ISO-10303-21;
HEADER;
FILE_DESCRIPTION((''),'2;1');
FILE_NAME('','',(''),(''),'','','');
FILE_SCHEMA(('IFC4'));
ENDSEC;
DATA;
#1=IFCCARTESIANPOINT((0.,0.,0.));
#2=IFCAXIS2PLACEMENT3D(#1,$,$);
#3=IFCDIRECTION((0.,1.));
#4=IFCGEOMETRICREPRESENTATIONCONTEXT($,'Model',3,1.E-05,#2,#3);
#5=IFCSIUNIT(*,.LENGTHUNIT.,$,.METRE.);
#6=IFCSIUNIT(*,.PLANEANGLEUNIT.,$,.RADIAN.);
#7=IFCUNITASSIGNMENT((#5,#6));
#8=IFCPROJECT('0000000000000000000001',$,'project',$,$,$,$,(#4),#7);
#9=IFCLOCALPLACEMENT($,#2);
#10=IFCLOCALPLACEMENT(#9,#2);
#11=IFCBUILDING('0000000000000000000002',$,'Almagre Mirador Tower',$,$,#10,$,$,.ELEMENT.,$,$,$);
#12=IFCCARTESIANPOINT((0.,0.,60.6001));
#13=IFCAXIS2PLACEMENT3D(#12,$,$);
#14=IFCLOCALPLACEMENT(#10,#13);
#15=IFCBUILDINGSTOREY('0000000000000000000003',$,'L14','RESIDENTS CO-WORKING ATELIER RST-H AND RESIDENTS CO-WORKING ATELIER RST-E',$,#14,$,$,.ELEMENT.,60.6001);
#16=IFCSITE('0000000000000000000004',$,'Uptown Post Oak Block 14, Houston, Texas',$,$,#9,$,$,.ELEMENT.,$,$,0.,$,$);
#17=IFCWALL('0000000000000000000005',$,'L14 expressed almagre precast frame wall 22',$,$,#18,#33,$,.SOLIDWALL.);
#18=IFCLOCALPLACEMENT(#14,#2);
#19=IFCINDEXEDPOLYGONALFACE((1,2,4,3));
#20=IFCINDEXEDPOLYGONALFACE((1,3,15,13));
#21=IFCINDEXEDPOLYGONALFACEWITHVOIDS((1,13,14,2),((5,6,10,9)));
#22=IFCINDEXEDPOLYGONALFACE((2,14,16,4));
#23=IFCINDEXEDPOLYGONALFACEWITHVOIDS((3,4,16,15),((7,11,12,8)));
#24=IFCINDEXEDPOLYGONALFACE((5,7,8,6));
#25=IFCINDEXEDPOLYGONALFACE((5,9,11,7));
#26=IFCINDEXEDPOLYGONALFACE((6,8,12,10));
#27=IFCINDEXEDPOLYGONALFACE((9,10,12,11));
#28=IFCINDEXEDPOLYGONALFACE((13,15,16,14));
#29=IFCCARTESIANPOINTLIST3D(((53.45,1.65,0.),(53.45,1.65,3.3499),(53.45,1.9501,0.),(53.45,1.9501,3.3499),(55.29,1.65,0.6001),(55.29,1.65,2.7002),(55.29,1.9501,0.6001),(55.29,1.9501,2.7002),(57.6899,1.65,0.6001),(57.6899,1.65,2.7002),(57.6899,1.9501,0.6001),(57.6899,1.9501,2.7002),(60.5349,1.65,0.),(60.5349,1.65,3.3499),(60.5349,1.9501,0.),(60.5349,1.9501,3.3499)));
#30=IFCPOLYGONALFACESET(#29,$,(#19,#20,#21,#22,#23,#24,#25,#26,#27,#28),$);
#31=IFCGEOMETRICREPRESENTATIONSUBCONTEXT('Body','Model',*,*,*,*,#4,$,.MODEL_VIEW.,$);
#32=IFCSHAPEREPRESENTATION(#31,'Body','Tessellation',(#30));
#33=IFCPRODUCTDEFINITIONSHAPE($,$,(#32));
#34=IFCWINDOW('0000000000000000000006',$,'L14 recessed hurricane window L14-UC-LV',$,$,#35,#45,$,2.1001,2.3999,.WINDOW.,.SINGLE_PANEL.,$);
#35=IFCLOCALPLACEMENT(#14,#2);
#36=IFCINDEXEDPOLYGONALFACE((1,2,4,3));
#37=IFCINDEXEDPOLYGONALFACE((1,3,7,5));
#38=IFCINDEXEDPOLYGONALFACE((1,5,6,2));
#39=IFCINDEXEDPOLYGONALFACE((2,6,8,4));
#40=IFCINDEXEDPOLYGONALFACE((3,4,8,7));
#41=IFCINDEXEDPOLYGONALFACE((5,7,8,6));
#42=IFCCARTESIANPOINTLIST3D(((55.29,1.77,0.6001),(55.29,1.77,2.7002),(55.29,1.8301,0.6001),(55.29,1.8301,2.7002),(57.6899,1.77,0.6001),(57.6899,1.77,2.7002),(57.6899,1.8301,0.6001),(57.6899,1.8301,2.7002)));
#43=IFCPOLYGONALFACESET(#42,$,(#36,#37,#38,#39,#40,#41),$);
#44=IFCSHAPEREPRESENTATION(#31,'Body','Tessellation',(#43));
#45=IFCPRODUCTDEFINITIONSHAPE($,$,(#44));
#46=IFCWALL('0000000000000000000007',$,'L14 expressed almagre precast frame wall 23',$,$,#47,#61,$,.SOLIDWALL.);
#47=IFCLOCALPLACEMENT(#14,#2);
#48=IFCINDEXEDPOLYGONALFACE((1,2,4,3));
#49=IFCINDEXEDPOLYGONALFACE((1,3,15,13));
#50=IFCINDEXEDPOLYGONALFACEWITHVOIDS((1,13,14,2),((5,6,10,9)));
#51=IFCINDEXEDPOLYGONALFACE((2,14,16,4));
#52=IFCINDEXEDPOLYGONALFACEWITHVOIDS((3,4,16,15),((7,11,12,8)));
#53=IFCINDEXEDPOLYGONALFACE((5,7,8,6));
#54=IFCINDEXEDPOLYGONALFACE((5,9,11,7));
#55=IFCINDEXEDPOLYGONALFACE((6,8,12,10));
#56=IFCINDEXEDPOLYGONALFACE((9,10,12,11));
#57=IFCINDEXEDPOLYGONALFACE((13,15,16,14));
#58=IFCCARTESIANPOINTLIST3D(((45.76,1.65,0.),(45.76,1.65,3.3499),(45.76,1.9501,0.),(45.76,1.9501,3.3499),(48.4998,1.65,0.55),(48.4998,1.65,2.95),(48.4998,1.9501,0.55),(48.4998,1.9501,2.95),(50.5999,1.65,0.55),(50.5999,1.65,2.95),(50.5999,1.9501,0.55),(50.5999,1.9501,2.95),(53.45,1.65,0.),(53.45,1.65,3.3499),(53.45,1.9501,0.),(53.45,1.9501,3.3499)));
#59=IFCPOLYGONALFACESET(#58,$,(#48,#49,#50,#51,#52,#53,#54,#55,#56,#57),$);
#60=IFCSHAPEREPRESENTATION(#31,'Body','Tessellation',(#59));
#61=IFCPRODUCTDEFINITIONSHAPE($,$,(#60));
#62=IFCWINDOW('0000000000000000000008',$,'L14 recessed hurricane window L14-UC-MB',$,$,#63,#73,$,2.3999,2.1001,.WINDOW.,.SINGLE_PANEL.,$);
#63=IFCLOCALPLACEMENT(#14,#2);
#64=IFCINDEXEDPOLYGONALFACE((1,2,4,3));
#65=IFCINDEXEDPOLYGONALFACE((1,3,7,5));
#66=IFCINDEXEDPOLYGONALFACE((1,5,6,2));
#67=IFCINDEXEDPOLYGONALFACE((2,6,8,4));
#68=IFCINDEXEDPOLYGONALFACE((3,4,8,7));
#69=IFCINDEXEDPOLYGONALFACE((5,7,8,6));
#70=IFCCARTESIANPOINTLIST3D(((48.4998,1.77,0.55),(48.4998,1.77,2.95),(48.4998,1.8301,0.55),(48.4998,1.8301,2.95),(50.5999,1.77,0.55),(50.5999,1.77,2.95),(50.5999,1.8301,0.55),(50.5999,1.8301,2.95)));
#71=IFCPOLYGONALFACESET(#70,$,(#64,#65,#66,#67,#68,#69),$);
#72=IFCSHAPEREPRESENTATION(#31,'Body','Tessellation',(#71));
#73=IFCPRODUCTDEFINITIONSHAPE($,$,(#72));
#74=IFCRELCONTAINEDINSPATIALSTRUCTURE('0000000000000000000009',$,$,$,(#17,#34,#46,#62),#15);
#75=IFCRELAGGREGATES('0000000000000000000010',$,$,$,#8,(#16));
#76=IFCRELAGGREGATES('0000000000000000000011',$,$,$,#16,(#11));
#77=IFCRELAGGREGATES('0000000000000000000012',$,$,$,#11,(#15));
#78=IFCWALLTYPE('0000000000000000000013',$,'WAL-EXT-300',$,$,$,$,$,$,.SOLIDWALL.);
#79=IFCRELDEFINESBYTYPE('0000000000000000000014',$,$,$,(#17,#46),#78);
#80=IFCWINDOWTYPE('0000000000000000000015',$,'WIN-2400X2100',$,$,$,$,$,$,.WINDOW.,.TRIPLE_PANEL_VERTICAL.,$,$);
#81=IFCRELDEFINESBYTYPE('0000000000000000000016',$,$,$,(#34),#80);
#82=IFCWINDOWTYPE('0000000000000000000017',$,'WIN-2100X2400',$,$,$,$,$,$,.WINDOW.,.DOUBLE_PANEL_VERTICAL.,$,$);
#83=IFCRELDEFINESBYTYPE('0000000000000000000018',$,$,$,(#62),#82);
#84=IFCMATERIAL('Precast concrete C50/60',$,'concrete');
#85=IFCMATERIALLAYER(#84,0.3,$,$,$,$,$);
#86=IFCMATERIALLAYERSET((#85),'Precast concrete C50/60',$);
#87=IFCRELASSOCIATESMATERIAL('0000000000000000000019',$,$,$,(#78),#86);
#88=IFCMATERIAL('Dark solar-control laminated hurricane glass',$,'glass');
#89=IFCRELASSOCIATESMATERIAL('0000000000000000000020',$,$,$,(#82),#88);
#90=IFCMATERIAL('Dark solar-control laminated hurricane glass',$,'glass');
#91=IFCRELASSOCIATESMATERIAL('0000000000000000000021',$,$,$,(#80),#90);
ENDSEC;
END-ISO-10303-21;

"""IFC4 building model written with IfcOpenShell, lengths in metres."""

from ifc_helpers import new_model, si_unit, direction, frame, frame_2d, origin, place, context, subcontext, project, spatial, rectangle, extrude, material, layer, layer_set, type_object, element, fill, save


model = new_model("IFC4")

# Units and contexts
model_context = context("Model", 3, precision=1e-05, world=origin(), true_north=direction((0.0, 1.0)))
body_context = subcontext(model_context, "Body", "Model", "MODEL_VIEW")
ifc_project = project(units=[si_unit("LENGTHUNIT", "METRE"), si_unit("PLANEANGLEUNIT", "RADIAN")], contexts=[model_context])

# Site, building, storey
site_placement = place(None, origin())
site = spatial("IfcSite", under=ifc_project, at=site_placement, Name="Uptown Post Oak Block 14, Houston, Texas", CompositionType="ELEMENT", RefElevation=0.0)
building_placement = place(site_placement, origin())
building = spatial("IfcBuilding", under=site, at=building_placement, Name="Almagre Mirador Tower", CompositionType="ELEMENT")
storey_placement = place(building_placement, frame((0.0, 0.0, 60.6001)))
storey = spatial("IfcBuildingStorey", under=building, at=storey_placement, Name="L14", Description="RESIDENTS CO-WORKING ATELIER RST-H AND RESIDENTS CO-WORKING ATELIER RST-E", CompositionType="ELEMENT", Elevation=60.6001)

# Shared definitions
ifc_material_1 = material(Name="Precast concrete C50/60", Category="concrete")
ifc_layer = layer(ifc_material_1, 0.3)
ifc_layer_set = layer_set([ifc_layer], Name="Precast concrete C50/60")
wall_type = type_object("IfcWallType", Name="WAL-EXT-300", PredefinedType="SOLIDWALL", material=ifc_layer_set)
ifc_material_2 = material(Name="Dark solar-control laminated hurricane glass", Category="glass")
window_type_1 = type_object("IfcWindowType", Name="WIN-2100X2400", PartitioningType="DOUBLE_PANEL_VERTICAL", PredefinedType="WINDOW", material=ifc_material_2)

# Walls, openings, windows
wall_1_placement = place(storey_placement, frame((60.5349, 1.8, 0.0), z_axis=(0.0, 0.0, 1.0), x_axis=(-1.0, 0.0, 0.0)))
wall_1 = element("IfcWall", 1, at=wall_1_placement, inside=storey, type_object=wall_type, Name="L14 expressed almagre precast frame wall 22", PredefinedType="SOLIDWALL", context=body_context, shape_type="SweptSolid", body=[
    extrude(rectangle(XDim=7.085, YDim=0.3, at=frame_2d((3.5425, 0.0))), origin(), (0.0, 0.0, 1.0), 3.3499),
])
opening_1_placement = place(wall_1_placement, frame((2.845, 0.0, 0.6001)))
opening_1 = element("IfcOpeningElement", 2, at=opening_1_placement, cuts=wall_1, PredefinedType="OPENING", context=body_context, shape_type="SweptSolid", body=[
    extrude(rectangle(XDim=2.3999, YDim=2.1001, at=frame_2d((1.2, 1.05))), frame((0.0, 0.1599, 0.0), z_axis=(0.0, -1.0, 0.0), x_axis=(1.0, 0.0, 0.0)), (0.0, 0.0, 1.0), 0.32),
])
ifc_material_3 = material(Name="Dark solar-control laminated hurricane glass", Category="glass")
window_type_2 = type_object("IfcWindowType", Name="WIN-2400X2100", PartitioningType="TRIPLE_PANEL_VERTICAL", PredefinedType="WINDOW", material=ifc_material_3)
window_1_placement = place(opening_1_placement, origin())
window_1 = element("IfcWindow", 3, at=window_1_placement, inside=storey, type_object=window_type_2, Name="L14 recessed hurricane window L14-UC-LV", OverallHeight=2.1001, OverallWidth=2.3999, PartitioningType="SINGLE_PANEL", PredefinedType="WINDOW", context=body_context, shape_type="SweptSolid", body=[
    extrude(rectangle(XDim=2.3999, YDim=2.1001, at=frame_2d((1.2, 1.05))), frame((0.0, 0.03, 0.0), z_axis=(0.0, -1.0, 0.0), x_axis=(1.0, 0.0, 0.0)), (0.0, 0.0, 1.0), 0.0601),
])
fill(opening_1, window_1)
wall_2_placement = place(storey_placement, frame((53.45, 1.8, 0.0), z_axis=(0.0, 0.0, 1.0), x_axis=(-1.0, 0.0, 0.0)))
wall_2 = element("IfcWall", 4, at=wall_2_placement, inside=storey, type_object=wall_type, Name="L14 expressed almagre precast frame wall 23", PredefinedType="SOLIDWALL", context=body_context, shape_type="SweptSolid", body=[
    extrude(rectangle(XDim=7.6899, YDim=0.3, at=frame_2d((3.845, 0.0))), origin(), (0.0, 0.0, 1.0), 3.3499),
])
opening_2_placement = place(wall_2_placement, frame((2.8501, 0.0, 0.55)))
opening_2 = element("IfcOpeningElement", 5, at=opening_2_placement, cuts=wall_2, PredefinedType="OPENING", context=body_context, shape_type="SweptSolid", body=[
    extrude(rectangle(XDim=2.1001, YDim=2.3999, at=frame_2d((1.05, 1.2))), frame((0.0, 0.1599, 0.0), z_axis=(0.0, -1.0, 0.0), x_axis=(1.0, 0.0, 0.0)), (0.0, 0.0, 1.0), 0.32),
])
window_2_placement = place(opening_2_placement, origin())
window_2 = element("IfcWindow", 6, at=window_2_placement, inside=storey, type_object=window_type_1, Name="L14 recessed hurricane window L14-UC-MB", OverallHeight=2.3999, OverallWidth=2.1001, PartitioningType="SINGLE_PANEL", PredefinedType="WINDOW", context=body_context, shape_type="SweptSolid", body=[
    extrude(rectangle(XDim=2.1001, YDim=2.3999, at=frame_2d((1.05, 1.2))), frame((0.0, 0.03, 0.0), z_axis=(0.0, -1.0, 0.0), x_axis=(1.0, 0.0, 0.0)), (0.0, 0.0, 1.0), 0.0601),
])
fill(opening_2, window_2)

save(model, "model.ifc")
